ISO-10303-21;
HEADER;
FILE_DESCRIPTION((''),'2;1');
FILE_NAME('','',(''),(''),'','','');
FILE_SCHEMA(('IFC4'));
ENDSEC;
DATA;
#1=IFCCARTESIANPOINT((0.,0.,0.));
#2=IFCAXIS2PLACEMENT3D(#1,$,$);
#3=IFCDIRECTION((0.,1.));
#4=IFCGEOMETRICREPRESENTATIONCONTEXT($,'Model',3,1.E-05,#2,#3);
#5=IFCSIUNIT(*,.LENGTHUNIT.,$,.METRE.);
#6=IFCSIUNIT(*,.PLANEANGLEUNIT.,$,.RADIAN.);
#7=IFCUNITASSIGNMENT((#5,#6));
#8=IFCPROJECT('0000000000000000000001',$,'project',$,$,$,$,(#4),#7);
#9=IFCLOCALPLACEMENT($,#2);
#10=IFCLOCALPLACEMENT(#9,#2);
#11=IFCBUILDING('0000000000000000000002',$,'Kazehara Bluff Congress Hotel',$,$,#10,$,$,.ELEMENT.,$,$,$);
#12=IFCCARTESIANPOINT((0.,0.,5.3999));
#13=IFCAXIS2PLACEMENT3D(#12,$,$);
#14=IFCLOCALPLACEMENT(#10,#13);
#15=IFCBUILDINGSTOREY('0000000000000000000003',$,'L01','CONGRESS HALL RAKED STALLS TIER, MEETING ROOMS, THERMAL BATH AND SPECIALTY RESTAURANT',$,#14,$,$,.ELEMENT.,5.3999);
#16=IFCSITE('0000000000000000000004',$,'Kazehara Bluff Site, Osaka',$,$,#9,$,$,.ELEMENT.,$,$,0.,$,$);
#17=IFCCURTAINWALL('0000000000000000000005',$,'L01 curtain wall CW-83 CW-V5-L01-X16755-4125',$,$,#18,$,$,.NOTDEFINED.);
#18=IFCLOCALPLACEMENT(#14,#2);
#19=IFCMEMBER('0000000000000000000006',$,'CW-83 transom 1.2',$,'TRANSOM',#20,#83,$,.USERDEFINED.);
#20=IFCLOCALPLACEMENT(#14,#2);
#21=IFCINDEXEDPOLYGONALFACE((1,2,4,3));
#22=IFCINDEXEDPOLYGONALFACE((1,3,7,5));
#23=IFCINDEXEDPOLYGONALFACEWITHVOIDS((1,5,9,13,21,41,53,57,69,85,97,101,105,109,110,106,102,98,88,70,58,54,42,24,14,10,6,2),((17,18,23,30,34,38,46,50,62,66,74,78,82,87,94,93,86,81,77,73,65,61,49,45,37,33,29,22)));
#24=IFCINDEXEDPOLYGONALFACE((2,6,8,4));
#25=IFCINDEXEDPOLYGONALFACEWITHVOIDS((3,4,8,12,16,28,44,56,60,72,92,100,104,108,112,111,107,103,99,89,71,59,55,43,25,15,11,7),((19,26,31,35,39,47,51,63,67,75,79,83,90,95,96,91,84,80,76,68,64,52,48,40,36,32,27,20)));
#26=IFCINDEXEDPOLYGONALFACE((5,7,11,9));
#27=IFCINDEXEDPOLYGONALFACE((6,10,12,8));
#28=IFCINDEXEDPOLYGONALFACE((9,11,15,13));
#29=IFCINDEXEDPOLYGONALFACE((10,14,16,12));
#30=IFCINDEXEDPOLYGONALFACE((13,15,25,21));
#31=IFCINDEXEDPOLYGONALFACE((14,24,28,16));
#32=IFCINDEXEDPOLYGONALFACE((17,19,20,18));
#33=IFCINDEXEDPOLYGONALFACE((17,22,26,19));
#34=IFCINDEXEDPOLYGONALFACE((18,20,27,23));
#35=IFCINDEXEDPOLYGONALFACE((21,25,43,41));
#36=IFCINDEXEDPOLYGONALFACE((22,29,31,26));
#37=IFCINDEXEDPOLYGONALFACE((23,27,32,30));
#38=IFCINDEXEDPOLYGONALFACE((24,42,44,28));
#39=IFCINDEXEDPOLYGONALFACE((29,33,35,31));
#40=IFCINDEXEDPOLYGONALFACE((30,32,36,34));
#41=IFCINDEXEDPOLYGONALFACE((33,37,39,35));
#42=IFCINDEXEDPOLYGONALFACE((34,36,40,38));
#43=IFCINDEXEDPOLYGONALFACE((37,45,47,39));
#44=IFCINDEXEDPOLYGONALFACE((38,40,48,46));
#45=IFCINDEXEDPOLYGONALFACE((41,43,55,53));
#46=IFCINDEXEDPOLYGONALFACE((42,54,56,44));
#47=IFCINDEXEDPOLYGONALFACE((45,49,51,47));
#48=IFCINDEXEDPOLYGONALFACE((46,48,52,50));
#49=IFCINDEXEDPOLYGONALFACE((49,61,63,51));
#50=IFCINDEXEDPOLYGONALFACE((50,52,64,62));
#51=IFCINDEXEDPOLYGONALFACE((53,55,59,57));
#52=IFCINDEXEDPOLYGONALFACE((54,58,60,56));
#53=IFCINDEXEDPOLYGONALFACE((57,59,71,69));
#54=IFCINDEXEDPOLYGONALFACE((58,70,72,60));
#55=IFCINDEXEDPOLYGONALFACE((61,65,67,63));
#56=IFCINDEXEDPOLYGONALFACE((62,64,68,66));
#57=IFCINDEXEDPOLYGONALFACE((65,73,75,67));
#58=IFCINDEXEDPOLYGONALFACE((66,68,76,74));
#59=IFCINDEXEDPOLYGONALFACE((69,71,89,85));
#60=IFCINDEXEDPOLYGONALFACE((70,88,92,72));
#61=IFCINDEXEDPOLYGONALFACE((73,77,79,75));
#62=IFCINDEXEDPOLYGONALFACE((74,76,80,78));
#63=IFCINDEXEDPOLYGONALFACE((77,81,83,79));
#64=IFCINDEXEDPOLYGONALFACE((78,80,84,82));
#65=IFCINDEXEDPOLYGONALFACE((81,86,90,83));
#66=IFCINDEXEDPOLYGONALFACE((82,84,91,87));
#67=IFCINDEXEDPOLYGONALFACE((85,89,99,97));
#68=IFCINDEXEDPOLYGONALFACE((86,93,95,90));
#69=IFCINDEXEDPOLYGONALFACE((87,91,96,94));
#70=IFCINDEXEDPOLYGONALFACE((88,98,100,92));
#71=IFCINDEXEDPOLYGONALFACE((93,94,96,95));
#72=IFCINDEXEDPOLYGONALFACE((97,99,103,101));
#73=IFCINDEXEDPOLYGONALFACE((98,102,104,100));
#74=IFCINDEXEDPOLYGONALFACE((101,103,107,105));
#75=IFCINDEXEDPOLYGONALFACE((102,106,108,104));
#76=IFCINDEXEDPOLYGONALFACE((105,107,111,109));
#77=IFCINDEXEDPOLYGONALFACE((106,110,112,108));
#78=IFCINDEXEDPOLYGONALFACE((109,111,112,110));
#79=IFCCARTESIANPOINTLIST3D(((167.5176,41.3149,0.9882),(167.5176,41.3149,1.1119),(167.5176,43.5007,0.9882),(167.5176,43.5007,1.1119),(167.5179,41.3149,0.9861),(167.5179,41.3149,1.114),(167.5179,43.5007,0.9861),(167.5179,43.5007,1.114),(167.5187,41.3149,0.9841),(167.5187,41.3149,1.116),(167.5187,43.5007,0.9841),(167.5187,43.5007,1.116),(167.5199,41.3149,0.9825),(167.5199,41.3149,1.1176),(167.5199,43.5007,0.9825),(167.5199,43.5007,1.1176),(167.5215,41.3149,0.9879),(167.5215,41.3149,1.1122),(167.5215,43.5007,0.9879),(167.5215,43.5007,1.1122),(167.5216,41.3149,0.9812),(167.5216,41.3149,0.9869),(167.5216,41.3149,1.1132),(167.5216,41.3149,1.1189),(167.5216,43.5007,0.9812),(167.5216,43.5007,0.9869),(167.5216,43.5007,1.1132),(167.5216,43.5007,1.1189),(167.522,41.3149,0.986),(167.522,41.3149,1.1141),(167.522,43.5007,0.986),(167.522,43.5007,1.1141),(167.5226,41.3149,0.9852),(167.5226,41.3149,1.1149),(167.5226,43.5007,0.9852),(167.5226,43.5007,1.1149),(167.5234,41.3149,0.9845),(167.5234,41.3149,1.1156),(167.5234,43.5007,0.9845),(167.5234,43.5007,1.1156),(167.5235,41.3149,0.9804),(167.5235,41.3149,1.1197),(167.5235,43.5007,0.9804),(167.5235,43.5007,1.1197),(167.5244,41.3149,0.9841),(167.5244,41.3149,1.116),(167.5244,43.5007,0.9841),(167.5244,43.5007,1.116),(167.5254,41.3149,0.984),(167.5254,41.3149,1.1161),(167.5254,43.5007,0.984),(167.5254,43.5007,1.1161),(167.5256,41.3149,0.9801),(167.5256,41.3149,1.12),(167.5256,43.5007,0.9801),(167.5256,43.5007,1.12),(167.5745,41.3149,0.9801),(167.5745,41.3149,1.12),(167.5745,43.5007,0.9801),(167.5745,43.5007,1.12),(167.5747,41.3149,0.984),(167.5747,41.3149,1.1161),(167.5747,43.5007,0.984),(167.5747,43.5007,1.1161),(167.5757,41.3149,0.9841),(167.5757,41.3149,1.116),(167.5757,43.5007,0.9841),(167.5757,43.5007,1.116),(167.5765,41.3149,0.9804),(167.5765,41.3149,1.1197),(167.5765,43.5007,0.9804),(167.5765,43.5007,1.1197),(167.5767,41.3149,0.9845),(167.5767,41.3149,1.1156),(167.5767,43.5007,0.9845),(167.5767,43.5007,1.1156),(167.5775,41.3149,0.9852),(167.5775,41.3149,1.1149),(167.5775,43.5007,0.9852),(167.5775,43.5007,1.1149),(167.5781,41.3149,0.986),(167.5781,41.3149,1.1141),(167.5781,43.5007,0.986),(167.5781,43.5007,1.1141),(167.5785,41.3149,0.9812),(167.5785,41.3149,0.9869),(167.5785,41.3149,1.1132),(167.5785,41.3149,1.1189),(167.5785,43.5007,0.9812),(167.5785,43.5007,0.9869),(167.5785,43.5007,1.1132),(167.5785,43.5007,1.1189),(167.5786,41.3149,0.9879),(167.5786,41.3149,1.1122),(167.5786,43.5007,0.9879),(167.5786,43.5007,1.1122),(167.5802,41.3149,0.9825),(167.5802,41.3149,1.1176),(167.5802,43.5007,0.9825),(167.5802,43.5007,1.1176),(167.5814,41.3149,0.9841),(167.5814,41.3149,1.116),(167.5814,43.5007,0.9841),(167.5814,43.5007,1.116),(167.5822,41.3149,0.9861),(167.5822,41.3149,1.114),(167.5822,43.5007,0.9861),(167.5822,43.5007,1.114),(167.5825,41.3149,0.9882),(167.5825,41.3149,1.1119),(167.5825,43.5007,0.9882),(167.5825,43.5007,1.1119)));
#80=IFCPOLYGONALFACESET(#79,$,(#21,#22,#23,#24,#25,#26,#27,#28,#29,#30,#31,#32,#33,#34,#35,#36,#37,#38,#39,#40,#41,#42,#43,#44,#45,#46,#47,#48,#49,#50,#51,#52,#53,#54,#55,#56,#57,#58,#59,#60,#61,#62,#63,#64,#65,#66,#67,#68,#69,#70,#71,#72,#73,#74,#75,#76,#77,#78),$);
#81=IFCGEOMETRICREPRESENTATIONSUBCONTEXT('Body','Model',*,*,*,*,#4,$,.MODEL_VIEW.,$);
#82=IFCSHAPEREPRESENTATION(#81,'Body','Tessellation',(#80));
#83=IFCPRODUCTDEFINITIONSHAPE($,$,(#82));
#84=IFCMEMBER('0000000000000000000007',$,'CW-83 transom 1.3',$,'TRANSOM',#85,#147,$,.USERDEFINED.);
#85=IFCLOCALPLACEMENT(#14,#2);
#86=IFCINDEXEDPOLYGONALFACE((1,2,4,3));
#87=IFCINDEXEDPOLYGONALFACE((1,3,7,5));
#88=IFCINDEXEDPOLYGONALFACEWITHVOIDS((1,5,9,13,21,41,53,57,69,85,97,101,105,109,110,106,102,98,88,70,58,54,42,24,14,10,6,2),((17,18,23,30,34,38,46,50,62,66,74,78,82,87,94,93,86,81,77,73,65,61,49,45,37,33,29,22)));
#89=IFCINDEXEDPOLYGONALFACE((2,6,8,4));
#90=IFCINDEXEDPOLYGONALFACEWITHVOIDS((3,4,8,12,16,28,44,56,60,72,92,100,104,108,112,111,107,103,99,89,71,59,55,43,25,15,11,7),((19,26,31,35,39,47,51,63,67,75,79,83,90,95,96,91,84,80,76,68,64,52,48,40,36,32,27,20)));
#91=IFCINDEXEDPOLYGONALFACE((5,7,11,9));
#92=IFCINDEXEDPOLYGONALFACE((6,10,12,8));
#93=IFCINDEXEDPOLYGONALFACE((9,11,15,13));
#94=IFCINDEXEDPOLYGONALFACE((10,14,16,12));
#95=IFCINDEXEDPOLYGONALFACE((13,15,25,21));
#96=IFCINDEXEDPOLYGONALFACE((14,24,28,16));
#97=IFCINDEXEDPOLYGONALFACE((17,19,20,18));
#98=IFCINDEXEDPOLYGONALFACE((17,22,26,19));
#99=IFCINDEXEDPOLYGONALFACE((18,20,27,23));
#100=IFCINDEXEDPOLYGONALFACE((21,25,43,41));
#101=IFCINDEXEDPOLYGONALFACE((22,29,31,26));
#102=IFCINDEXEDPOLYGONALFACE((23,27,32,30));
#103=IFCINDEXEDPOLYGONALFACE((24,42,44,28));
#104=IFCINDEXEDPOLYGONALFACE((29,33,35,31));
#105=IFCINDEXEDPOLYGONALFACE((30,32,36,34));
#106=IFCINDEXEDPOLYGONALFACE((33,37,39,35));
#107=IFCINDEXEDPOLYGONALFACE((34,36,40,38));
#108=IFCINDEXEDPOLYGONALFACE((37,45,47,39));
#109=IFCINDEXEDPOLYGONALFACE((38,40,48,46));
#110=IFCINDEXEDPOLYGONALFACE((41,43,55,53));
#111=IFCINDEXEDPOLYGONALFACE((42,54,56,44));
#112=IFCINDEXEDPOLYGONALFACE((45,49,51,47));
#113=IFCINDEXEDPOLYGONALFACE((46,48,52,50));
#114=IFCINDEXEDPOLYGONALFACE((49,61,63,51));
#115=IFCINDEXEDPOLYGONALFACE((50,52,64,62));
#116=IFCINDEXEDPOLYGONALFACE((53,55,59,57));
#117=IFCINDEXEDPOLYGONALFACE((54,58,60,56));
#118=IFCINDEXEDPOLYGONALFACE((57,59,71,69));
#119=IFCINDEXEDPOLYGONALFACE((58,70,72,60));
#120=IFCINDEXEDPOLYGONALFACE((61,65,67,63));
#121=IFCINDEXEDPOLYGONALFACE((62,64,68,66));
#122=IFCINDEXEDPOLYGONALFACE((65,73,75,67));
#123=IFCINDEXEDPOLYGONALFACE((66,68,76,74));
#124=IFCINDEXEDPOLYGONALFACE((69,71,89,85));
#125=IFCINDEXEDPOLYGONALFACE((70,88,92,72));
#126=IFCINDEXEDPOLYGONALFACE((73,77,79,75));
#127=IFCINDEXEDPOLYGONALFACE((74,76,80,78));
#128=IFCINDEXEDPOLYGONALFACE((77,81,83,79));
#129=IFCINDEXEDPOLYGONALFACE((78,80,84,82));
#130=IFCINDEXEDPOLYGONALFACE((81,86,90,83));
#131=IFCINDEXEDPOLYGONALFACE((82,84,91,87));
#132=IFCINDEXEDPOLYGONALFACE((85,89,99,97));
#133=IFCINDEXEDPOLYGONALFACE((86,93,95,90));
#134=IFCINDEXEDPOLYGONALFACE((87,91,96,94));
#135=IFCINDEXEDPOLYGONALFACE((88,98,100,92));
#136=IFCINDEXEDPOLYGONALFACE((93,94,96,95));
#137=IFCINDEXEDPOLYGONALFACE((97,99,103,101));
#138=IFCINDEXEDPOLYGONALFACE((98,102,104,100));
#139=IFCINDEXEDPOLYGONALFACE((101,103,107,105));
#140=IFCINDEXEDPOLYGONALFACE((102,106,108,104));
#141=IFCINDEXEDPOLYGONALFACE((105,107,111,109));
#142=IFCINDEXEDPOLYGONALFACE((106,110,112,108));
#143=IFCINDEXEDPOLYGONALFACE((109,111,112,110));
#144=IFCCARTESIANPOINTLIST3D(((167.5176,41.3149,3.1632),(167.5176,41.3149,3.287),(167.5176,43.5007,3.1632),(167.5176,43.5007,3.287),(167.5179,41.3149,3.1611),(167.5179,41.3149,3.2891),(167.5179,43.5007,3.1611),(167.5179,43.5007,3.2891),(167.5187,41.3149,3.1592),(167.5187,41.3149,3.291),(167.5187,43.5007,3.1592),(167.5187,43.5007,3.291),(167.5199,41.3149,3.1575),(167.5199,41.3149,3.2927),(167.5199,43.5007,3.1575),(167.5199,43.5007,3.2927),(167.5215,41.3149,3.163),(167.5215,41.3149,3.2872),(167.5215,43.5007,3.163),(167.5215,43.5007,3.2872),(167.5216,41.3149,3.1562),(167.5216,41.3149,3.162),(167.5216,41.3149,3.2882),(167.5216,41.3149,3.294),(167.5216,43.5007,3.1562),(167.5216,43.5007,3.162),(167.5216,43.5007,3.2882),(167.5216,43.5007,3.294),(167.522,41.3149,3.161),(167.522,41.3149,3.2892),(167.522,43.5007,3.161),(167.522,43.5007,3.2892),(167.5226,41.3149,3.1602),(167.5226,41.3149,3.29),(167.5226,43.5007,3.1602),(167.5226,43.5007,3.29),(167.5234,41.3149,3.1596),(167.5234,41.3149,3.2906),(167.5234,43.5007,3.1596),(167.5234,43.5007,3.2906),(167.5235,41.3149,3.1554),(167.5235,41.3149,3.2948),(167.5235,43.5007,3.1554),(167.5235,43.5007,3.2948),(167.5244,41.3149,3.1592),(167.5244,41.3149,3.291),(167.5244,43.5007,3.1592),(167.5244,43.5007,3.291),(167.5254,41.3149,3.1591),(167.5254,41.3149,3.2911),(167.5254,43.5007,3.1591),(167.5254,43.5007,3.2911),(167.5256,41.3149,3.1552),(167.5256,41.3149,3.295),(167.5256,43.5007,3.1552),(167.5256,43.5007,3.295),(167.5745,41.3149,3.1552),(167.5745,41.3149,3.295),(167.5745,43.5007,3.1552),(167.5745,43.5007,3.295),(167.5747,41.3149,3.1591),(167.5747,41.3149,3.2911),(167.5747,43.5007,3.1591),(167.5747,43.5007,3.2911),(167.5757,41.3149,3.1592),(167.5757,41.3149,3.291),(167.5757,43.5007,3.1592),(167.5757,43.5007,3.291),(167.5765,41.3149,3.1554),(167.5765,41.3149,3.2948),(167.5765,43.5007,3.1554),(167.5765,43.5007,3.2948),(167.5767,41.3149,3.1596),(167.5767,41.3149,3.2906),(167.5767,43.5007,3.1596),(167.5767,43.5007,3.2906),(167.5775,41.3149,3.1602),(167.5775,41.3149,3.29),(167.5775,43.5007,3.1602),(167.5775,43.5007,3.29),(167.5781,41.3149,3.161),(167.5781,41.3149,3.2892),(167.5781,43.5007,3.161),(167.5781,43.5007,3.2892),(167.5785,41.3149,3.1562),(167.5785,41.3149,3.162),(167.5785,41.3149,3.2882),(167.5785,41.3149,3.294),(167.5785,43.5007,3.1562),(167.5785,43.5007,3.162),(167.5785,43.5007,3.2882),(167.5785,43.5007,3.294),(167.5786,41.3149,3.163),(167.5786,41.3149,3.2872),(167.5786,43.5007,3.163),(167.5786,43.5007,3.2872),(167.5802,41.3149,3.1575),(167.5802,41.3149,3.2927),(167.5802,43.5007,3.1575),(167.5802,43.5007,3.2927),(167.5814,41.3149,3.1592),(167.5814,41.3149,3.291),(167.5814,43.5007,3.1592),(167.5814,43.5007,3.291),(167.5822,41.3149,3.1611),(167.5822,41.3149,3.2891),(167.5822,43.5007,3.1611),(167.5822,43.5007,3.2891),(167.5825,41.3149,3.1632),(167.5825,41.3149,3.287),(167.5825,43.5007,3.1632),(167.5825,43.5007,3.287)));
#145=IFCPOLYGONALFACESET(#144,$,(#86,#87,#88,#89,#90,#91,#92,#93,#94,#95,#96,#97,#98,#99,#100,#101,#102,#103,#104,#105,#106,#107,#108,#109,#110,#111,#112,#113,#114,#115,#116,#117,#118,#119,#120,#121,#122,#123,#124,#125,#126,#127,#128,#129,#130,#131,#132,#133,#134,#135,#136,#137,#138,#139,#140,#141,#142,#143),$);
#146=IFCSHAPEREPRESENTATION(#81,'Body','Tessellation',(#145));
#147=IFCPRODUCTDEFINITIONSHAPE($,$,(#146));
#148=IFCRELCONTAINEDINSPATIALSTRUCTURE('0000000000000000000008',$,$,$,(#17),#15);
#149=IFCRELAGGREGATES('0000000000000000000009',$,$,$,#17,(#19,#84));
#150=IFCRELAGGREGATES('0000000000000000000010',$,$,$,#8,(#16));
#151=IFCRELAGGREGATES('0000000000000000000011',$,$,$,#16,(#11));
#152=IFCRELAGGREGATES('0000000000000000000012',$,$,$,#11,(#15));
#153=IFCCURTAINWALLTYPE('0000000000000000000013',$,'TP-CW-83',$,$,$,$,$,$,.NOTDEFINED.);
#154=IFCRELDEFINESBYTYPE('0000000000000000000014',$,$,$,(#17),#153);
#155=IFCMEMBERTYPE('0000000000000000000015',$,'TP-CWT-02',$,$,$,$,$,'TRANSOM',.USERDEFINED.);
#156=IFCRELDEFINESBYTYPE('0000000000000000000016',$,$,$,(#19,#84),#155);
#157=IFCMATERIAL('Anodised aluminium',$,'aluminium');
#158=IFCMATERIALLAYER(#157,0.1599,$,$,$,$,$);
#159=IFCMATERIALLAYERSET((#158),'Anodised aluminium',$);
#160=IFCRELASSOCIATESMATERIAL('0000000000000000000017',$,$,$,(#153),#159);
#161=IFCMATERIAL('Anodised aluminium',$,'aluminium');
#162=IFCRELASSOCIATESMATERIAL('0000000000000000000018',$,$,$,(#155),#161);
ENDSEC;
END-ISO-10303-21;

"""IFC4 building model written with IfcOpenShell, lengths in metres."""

from ifc_helpers import new_model, si_unit, direction, frame, origin, origin_2d, place, context, subcontext, project, spatial, hollow_rectangle, extrude, material, layer, layer_set, material_profile, profile_set, type_object, element, aggregate, save


model = new_model("IFC4")

# Units and contexts
model_context = context("Model", 3, precision=1e-05, world=origin(), true_north=direction((0.0, 1.0)))
body_context = subcontext(model_context, "Body", "Model", "MODEL_VIEW")
ifc_project = project(units=[si_unit("LENGTHUNIT", "METRE"), si_unit("PLANEANGLEUNIT", "RADIAN")], contexts=[model_context])

# Site, building, storey
site_placement = place(None, origin())
site = spatial("IfcSite", under=ifc_project, at=site_placement, Name="Kazehara Bluff Site, Osaka", CompositionType="ELEMENT", RefElevation=0.0)
building_placement = place(site_placement, origin())
building = spatial("IfcBuilding", under=site, at=building_placement, Name="Kazehara Bluff Congress Hotel", CompositionType="ELEMENT")
storey_placement = place(building_placement, frame((0.0, 0.0, 5.3999)))
storey = spatial("IfcBuildingStorey", under=building, at=storey_placement, Name="L01", Description="CONGRESS HALL RAKED STALLS TIER, MEETING ROOMS, THERMAL BATH AND SPECIALTY RESTAURANT", CompositionType="ELEMENT", Elevation=5.3999)

# Curtain wall
ifc_material_1 = material(Name="Anodised aluminium", Category="aluminium")
ifc_layer_1 = layer(ifc_material_1, 0.1599)
ifc_layer_set_1 = layer_set([ifc_layer_1], Name="Anodised aluminium")
curtain_wall_type_1 = type_object("IfcCurtainWallType", Name="TP-CW-83", PredefinedType="NOTDEFINED", material=ifc_layer_set_1)
curtain_wall_1_placement = place(storey_placement, origin())
curtain_wall_1 = element("IfcCurtainWall", 1, at=curtain_wall_1_placement, inside=storey, type_object=curtain_wall_type_1, Name="L01 curtain wall CW-83 CW-V5-L01-X16755-4125", PredefinedType="NOTDEFINED")

# Members
ifc_material_2 = material(Name="Anodised aluminium", Category="aluminium")
ifc_material_profile_1 = material_profile(ifc_material_2, hollow_rectangle(XDim=0.0649, YDim=0.1399, WallThickness=0.0039, InnerFilletRadius=0.0039, OuterFilletRadius=0.0081, at=origin_2d()))
ifc_profile_set_1 = profile_set([ifc_material_profile_1], Name="Anodised aluminium")
member_type_1 = type_object("IfcMemberType", Name="TP-CWT-02", ElementType="TRANSOM", PredefinedType="USERDEFINED", material=ifc_profile_set_1)
member_1_placement = place(storey_placement, frame((167.55, 41.3149, 1.05), z_axis=(0.0, 1.0, 0.0), x_axis=(-1.0, 0.0, 0.0)))
member_1 = element("IfcMember", 2, at=member_1_placement, type_object=member_type_1, Name="CW-83 transom 1.2", ObjectType="TRANSOM", PredefinedType="USERDEFINED", context=body_context, shape_type="SweptSolid", body=[
    extrude(hollow_rectangle(XDim=0.0649, YDim=0.1399, WallThickness=0.0039, InnerFilletRadius=0.0039, OuterFilletRadius=0.0081, at=origin_2d()), origin(), (0.0, 0.0, 1.0), 2.1858),
])
member_2_placement = place(storey_placement, frame((167.55, 41.3149, 3.2251), z_axis=(0.0, 1.0, 0.0), x_axis=(-1.0, 0.0, 0.0)))
member_2 = element("IfcMember", 3, at=member_2_placement, type_object=member_type_1, Name="CW-83 transom 1.3", ObjectType="TRANSOM", PredefinedType="USERDEFINED", context=body_context, shape_type="SweptSolid", body=[
    extrude(hollow_rectangle(XDim=0.0649, YDim=0.1399, WallThickness=0.0039, InnerFilletRadius=0.0039, OuterFilletRadius=0.0081, at=origin_2d()), origin(), (0.0, 0.0, 1.0), 2.1858),
])

aggregate(curtain_wall_1, [member_1, member_2])

save(model, "model.ifc")
